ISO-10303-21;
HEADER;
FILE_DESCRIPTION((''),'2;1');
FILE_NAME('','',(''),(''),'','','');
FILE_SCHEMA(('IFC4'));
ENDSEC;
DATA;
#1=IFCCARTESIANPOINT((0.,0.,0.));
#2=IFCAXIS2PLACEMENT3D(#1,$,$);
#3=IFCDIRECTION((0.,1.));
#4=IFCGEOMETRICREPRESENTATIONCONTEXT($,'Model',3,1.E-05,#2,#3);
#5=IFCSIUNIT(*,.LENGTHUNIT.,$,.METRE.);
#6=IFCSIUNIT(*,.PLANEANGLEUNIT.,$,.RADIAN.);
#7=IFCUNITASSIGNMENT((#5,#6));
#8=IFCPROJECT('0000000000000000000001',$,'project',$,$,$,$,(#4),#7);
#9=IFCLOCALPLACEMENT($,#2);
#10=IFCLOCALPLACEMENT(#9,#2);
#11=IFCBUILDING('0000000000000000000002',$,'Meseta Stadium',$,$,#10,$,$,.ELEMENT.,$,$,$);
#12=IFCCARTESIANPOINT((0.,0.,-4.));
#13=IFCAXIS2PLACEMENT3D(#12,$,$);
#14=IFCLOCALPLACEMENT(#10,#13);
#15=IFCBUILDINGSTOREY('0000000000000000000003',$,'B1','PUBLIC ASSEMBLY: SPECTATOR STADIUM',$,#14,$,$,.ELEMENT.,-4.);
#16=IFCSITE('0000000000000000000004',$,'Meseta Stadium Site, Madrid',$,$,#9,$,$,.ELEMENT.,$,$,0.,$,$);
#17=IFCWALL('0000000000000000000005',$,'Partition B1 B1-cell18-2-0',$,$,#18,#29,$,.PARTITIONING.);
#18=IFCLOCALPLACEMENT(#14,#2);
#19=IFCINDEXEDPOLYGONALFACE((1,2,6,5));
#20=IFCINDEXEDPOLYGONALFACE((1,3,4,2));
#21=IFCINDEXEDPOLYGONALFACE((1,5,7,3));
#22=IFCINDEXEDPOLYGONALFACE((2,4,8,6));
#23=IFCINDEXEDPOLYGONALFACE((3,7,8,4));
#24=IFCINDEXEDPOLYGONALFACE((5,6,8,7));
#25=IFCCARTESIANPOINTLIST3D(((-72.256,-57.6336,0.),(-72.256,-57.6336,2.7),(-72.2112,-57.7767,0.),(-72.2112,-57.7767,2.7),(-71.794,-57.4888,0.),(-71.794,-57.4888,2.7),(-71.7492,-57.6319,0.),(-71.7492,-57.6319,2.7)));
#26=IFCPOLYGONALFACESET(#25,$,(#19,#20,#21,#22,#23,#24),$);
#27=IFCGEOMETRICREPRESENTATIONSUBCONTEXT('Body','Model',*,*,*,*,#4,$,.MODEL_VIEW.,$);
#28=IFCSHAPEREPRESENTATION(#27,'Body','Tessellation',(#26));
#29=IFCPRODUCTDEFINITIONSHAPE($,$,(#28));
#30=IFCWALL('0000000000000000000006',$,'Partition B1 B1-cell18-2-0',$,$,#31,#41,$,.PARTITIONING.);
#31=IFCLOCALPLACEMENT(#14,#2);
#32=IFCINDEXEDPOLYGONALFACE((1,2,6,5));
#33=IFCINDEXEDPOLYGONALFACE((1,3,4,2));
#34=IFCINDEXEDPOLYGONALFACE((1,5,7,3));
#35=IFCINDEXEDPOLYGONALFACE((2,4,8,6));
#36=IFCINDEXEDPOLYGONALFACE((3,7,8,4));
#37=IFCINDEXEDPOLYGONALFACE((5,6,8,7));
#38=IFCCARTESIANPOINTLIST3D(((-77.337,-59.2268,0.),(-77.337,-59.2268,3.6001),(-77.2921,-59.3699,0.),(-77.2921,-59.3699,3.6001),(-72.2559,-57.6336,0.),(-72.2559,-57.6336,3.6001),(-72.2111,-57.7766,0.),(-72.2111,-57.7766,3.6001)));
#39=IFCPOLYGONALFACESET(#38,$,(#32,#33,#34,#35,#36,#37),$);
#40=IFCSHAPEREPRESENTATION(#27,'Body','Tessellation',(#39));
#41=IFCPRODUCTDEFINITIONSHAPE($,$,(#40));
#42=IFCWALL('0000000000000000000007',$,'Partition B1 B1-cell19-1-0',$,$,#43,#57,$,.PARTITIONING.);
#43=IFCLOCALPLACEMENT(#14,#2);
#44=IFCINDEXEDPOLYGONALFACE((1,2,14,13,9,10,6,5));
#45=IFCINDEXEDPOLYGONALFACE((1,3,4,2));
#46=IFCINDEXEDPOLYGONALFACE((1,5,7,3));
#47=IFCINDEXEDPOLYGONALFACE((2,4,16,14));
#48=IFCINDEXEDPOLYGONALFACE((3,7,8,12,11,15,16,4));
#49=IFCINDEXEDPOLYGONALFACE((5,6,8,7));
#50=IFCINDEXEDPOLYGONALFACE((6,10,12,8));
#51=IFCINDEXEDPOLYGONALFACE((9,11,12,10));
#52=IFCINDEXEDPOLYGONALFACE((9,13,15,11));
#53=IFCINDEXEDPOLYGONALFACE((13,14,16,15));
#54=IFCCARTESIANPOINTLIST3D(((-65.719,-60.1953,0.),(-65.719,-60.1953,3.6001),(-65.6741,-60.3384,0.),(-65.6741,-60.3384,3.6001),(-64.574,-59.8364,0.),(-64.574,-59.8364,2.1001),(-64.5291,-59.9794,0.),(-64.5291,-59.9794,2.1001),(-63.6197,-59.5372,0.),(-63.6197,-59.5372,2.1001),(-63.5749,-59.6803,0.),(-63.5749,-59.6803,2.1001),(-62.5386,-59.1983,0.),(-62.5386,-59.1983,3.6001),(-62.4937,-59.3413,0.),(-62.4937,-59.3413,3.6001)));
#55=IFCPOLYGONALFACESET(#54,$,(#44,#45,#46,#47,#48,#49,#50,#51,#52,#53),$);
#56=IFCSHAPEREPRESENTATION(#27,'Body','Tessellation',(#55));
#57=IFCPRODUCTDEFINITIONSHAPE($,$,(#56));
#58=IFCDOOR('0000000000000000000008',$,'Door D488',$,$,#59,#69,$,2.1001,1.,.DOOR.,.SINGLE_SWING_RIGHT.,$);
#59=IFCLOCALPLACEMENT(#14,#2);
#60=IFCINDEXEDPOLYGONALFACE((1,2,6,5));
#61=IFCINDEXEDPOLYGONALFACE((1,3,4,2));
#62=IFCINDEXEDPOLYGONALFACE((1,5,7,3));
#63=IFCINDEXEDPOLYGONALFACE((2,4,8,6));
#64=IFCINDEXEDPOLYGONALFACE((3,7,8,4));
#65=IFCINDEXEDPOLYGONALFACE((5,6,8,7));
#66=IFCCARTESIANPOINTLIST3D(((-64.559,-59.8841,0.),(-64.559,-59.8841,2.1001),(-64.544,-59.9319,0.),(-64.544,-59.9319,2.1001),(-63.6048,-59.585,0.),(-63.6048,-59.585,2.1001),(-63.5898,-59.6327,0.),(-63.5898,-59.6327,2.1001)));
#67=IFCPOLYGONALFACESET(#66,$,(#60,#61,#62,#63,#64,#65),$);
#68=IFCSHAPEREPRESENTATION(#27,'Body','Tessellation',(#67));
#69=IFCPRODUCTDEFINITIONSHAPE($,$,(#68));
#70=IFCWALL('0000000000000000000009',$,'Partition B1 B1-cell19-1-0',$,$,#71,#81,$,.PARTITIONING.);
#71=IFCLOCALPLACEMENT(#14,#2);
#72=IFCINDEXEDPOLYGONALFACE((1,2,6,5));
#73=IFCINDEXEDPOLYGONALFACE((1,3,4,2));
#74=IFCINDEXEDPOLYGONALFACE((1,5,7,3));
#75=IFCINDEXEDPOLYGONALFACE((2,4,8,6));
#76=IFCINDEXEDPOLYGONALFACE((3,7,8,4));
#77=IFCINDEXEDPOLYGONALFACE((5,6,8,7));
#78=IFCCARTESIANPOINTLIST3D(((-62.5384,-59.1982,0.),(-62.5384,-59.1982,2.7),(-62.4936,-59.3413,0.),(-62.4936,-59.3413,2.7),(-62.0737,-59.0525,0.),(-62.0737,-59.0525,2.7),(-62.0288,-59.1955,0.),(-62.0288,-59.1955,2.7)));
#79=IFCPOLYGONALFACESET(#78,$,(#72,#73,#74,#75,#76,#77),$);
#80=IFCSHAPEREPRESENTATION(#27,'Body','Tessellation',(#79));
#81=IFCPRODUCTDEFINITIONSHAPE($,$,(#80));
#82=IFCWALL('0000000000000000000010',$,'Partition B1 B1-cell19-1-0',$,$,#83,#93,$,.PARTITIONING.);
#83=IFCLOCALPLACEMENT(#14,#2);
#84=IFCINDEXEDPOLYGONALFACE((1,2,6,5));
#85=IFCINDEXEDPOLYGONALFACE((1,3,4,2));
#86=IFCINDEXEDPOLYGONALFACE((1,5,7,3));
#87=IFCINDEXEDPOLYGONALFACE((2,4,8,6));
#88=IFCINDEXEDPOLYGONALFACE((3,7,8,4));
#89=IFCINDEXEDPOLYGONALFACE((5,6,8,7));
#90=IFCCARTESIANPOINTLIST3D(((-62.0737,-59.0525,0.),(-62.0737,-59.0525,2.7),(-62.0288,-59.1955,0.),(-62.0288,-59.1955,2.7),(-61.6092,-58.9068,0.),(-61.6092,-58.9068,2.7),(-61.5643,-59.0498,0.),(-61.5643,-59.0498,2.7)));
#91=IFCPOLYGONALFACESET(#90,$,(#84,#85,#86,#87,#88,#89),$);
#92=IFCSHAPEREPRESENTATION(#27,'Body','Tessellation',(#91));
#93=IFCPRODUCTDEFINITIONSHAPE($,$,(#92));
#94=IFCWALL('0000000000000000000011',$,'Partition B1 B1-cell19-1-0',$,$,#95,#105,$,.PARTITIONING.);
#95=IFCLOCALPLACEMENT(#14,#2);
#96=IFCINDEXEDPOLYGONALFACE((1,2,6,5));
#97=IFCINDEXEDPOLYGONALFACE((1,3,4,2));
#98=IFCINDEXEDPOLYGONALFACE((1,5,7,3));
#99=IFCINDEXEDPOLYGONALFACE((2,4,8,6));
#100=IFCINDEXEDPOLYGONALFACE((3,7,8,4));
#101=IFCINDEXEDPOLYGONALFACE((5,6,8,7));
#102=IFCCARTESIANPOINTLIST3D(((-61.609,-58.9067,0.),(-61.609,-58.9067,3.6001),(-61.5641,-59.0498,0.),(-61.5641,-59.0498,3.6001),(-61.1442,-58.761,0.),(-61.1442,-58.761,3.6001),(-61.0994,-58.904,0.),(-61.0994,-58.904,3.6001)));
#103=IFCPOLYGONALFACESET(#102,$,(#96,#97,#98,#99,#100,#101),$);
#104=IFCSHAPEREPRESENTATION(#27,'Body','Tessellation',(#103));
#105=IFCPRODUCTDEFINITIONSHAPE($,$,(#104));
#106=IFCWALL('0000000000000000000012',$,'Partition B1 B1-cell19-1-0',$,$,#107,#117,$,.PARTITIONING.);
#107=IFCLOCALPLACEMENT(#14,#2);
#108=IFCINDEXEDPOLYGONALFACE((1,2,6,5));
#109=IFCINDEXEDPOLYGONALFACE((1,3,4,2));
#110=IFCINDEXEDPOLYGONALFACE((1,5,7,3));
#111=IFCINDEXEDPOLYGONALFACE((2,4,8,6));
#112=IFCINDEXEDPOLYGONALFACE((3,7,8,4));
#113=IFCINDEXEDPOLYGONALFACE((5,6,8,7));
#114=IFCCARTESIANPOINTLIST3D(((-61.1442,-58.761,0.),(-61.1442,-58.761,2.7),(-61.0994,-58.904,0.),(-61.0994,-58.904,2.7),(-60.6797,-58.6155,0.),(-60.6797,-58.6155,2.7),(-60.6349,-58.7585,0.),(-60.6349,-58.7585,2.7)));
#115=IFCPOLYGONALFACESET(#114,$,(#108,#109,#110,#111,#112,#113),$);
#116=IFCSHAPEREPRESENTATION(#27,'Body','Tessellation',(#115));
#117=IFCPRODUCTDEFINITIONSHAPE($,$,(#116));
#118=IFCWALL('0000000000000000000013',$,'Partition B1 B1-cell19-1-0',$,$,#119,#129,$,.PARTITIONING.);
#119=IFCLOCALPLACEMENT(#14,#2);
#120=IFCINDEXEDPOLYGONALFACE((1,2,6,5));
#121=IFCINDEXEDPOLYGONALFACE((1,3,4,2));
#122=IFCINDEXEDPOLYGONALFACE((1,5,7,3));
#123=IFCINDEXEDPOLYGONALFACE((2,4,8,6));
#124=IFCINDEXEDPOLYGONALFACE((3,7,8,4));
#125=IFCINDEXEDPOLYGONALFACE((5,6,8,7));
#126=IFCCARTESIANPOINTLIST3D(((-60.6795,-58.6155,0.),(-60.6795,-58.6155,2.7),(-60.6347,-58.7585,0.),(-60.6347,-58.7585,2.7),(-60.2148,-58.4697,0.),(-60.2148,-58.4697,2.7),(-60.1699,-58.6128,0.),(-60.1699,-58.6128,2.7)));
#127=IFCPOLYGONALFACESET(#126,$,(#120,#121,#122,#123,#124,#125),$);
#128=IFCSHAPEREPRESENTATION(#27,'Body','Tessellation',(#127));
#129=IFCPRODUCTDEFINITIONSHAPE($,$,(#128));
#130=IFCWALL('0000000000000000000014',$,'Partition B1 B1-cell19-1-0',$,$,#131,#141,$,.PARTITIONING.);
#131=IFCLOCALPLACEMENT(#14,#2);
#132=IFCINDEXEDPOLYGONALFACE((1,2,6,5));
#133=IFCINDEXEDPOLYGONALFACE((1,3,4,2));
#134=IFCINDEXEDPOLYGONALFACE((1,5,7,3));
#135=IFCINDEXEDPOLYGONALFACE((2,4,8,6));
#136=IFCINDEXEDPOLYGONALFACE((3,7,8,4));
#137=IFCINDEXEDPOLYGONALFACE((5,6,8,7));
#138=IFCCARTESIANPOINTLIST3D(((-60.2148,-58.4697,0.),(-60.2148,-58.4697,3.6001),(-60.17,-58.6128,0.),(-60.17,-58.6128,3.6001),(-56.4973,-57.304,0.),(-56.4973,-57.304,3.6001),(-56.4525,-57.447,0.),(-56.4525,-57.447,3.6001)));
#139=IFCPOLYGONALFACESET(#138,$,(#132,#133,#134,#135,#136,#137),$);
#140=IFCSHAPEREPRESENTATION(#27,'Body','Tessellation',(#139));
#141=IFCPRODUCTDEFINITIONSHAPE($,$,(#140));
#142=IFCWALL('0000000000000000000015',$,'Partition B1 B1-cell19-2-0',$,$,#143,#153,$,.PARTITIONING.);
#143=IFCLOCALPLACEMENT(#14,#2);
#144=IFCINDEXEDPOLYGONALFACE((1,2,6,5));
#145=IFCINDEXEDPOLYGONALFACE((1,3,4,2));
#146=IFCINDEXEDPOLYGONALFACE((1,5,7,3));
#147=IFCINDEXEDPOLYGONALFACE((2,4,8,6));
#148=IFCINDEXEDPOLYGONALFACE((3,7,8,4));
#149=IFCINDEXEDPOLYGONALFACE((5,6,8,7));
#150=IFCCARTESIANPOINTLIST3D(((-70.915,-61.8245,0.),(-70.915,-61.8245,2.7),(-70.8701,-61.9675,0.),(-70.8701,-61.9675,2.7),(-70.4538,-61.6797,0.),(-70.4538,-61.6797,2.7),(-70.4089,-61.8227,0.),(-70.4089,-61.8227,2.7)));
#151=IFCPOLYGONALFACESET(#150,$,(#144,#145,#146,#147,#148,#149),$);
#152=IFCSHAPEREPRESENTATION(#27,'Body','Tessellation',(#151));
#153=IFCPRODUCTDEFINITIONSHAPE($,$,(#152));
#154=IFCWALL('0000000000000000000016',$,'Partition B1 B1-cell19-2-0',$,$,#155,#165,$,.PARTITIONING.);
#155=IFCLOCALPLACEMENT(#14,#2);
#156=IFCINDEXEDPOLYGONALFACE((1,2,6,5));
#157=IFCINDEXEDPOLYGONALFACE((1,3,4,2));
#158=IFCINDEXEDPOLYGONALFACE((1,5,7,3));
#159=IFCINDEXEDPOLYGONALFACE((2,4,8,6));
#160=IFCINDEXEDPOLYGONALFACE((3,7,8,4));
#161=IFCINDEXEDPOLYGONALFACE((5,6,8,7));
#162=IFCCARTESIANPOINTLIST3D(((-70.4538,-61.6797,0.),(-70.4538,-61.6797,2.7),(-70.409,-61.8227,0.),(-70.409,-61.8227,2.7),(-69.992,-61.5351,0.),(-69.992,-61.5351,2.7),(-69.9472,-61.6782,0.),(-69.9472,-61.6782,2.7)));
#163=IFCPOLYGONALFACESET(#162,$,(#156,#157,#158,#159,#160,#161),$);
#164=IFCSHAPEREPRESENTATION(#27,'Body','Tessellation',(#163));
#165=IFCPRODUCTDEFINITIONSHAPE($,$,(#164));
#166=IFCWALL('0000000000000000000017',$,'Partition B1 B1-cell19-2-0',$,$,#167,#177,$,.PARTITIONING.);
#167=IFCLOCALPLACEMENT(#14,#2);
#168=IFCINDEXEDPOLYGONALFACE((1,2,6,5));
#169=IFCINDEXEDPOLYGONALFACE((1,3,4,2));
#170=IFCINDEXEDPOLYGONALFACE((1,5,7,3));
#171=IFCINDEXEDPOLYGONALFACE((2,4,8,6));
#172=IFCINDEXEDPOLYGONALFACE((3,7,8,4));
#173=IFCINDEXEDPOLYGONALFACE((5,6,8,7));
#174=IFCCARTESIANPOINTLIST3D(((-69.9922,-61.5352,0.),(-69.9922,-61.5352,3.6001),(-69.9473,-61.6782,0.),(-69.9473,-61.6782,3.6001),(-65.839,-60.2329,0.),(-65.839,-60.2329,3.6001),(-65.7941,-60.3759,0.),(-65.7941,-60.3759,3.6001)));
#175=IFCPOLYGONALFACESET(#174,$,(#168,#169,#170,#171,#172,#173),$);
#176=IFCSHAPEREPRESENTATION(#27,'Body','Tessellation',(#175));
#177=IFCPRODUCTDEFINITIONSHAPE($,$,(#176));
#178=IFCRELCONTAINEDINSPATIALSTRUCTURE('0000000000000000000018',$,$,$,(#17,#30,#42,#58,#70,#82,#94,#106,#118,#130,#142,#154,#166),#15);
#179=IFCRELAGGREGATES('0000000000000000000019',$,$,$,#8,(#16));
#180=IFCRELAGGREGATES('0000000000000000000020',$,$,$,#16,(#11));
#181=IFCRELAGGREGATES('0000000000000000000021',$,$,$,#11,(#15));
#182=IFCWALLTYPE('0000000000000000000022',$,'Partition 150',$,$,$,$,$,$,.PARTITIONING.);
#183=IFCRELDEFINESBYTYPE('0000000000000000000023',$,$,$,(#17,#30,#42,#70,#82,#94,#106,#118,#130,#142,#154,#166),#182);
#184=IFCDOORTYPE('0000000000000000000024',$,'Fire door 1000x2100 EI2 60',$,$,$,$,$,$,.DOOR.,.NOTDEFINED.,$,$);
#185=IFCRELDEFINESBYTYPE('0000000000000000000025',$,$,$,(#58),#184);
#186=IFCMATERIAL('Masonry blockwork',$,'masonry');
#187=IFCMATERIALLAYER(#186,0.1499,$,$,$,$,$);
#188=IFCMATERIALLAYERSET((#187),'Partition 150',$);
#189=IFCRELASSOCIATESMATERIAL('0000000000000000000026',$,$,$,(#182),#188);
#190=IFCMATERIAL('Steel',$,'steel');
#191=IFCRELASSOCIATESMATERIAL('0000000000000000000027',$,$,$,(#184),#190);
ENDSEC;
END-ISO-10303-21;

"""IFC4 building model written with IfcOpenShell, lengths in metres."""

from ifc_helpers import new_model, si_unit, direction, frame, frame_2d, origin, place, context, subcontext, project, spatial, rectangle, extrude, material, layer, layer_set, type_object, element, fill, save


model = new_model("IFC4")

# Units and contexts
model_context = context("Model", 3, precision=1e-05, world=origin(), true_north=direction((0.0, 1.0)))
body_context = subcontext(model_context, "Body", "Model", "MODEL_VIEW")
ifc_project = project(units=[si_unit("LENGTHUNIT", "METRE"), si_unit("PLANEANGLEUNIT", "RADIAN")], contexts=[model_context])

# Site, building, storey
site_placement = place(None, origin())
site = spatial("IfcSite", under=ifc_project, at=site_placement, Name="Meseta Stadium Site, Madrid", CompositionType="ELEMENT", RefElevation=0.0)
building_placement = place(site_placement, origin())
building = spatial("IfcBuilding", under=site, at=building_placement, Name="Meseta Stadium", CompositionType="ELEMENT")
storey_placement = place(building_placement, frame((0.0, 0.0, -4.0)))
storey = spatial("IfcBuildingStorey", under=building, at=storey_placement, Name="B1", Description="PUBLIC ASSEMBLY: SPECTATOR STADIUM", CompositionType="ELEMENT", Elevation=-4.0)

# Walls
ifc_material_1 = material(Name="Masonry blockwork", Category="masonry")
ifc_layer = layer(ifc_material_1, 0.1499)
ifc_layer_set = layer_set([ifc_layer], Name="Partition 150")
wall_type = type_object("IfcWallType", Name="Partition 150", PredefinedType="PARTITIONING", material=ifc_layer_set)
for number, where, z_axis, x_axis, name in (
    (1, (-71.7715, -57.5603, 0.0), (0.0, 0.0, 1.0), (-0.954228, -0.299079, 0.0), "Partition B1 B1-cell18-2-0"),
):
    element("IfcWall", number, at=place(storey_placement, frame(where, z_axis=z_axis, x_axis=x_axis)), inside=storey, type_object=wall_type, Name=name, PredefinedType="PARTITIONING", context=body_context, shape_type="SweptSolid", body=[
        extrude(rectangle(XDim=0.4841, YDim=0.1499, at=frame_2d((0.2422, 0.0))), origin(), (0.0, 0.0, 1.0), 2.7),
    ])
wall_1_placement = place(storey_placement, frame((-72.2334, -57.7051, 0.0), z_axis=(0.0, 0.0, 1.0), x_axis=(-0.954189, -0.299204, 0.0)))
element("IfcWall", 2, at=wall_1_placement, inside=storey, type_object=wall_type, Name="Partition B1 B1-cell18-2-0", PredefinedType="PARTITIONING", context=body_context, shape_type="SweptSolid", body=[
    extrude(rectangle(XDim=5.325, YDim=0.1499, at=frame_2d((2.6626, 0.0))), origin(), (0.0, 0.0, 1.0), 3.6001),
])

# Wall, opening, door
wall_2_placement = place(storey_placement, frame((-65.6965, -60.2668, 0.0), z_axis=(0.0, 0.0, 1.0), x_axis=(0.954207, 0.299147, 0.0)))
wall_2 = element("IfcWall", 3, at=wall_2_placement, inside=storey, type_object=wall_type, Name="Partition B1 B1-cell19-1-0", PredefinedType="PARTITIONING", context=body_context, shape_type="SweptSolid", body=[
    extrude(rectangle(XDim=3.333, YDim=0.1499, at=frame_2d((1.6665, 0.0))), origin(), (0.0, 0.0, 1.0), 3.6001),
])
opening_placement = place(wall_2_placement, frame((1.2, 0.0, 0.0)))
opening = element("IfcOpeningElement", 4, at=opening_placement, cuts=wall_2, PredefinedType="OPENING", context=body_context, shape_type="SweptSolid", body=[
    extrude(rectangle(XDim=1.0, YDim=2.1001, at=frame_2d((0.5, 1.05))), frame((0.0, 0.085, 0.0), z_axis=(0.0, -1.0, 0.0), x_axis=(1.0, 0.0, 0.0)), (0.0, 0.0, 1.0), 0.1699),
])
ifc_material_2 = material(Name="Steel", Category="steel")
door_type = type_object("IfcDoorType", Name="Fire door 1000x2100 EI2 60", OperationType="NOTDEFINED", PredefinedType="DOOR", material=ifc_material_2)
door_placement = place(opening_placement, origin())
door = element("IfcDoor", 5, at=door_placement, inside=storey, type_object=door_type, Name="Door D488", OperationType="SINGLE_SWING_RIGHT", OverallHeight=2.1001, OverallWidth=1.0, PredefinedType="DOOR", context=body_context, shape_type="SweptSolid", body=[
    extrude(rectangle(XDim=1.0, YDim=2.1001, at=frame_2d((0.5, 1.05))), frame((0.0, 0.0249, 0.0), z_axis=(0.0, -1.0, 0.0), x_axis=(1.0, 0.0, 0.0)), (0.0, 0.0, 1.0), 0.05),
])
fill(opening, door)

# Walls
wall_3_placement = place(storey_placement, frame((-62.5161, -59.2698, 0.0), z_axis=(0.0, 0.0, 1.0), x_axis=(0.954194, 0.299188, 0.0)))
element("IfcWall", 6, at=wall_3_placement, inside=storey, type_object=wall_type, Name="Partition B1 B1-cell19-1-0", PredefinedType="PARTITIONING", context=body_context, shape_type="SweptSolid", body=[
    extrude(rectangle(XDim=0.4871, YDim=0.1499, at=frame_2d((0.2437, 0.0))), origin(), (0.0, 0.0, 1.0), 2.7),
])
wall_4_placement = place(storey_placement, frame((-62.0513, -59.124, 0.0), z_axis=(0.0, 0.0, 1.0), x_axis=(0.954149, 0.299331, 0.0)))
element("IfcWall", 7, at=wall_4_placement, inside=storey, type_object=wall_type, Name="Partition B1 B1-cell19-1-0", PredefinedType="PARTITIONING", context=body_context, shape_type="SweptSolid", body=[
    extrude(rectangle(XDim=0.4868, YDim=0.1499, at=frame_2d((0.2434, 0.0))), origin(), (0.0, 0.0, 1.0), 2.7),
])
wall_5_placement = place(storey_placement, frame((-61.5867, -58.9783, 0.0), z_axis=(0.0, 0.0, 1.0), x_axis=(0.954194, 0.299188, 0.0)))
element("IfcWall", 8, at=wall_5_placement, inside=storey, type_object=wall_type, Name="Partition B1 B1-cell19-1-0", PredefinedType="PARTITIONING", context=body_context, shape_type="SweptSolid", body=[
    extrude(rectangle(XDim=0.4871, YDim=0.1499, at=frame_2d((0.2437, 0.0))), origin(), (0.0, 0.0, 1.0), 3.6001),
])
wall_6_placement = place(storey_placement, frame((-61.1218, -58.8325, 0.0), z_axis=(0.0, 0.0, 1.0), x_axis=(0.954292, 0.298875, 0.0)))
element("IfcWall", 9, at=wall_6_placement, inside=storey, type_object=wall_type, Name="Partition B1 B1-cell19-1-0", PredefinedType="PARTITIONING", context=body_context, shape_type="SweptSolid", body=[
    extrude(rectangle(XDim=0.4868, YDim=0.1499, at=frame_2d((0.2434, 0.0))), origin(), (0.0, 0.0, 1.0), 2.7),
])
wall_7_placement = place(storey_placement, frame((-60.6572, -58.687, 0.0), z_axis=(0.0, 0.0, 1.0), x_axis=(0.954194, 0.299188, 0.0)))
element("IfcWall", 10, at=wall_7_placement, inside=storey, type_object=wall_type, Name="Partition B1 B1-cell19-1-0", PredefinedType="PARTITIONING", context=body_context, shape_type="SweptSolid", body=[
    extrude(rectangle(XDim=0.4871, YDim=0.1499, at=frame_2d((0.2437, 0.0))), origin(), (0.0, 0.0, 1.0), 2.7),
])
wall_8_placement = place(storey_placement, frame((-60.1924, -58.5413, 0.0), z_axis=(0.0, 0.0, 1.0), x_axis=(0.954184, 0.29922, 0.0)))
element("IfcWall", 11, at=wall_8_placement, inside=storey, type_object=wall_type, Name="Partition B1 B1-cell19-1-0", PredefinedType="PARTITIONING", context=body_context, shape_type="SweptSolid", body=[
    extrude(rectangle(XDim=3.896, YDim=0.1499, at=frame_2d((1.948, 0.0))), origin(), (0.0, 0.0, 1.0), 3.6001),
])
wall_9_placement = place(storey_placement, frame((-70.8926, -61.896, 0.0), z_axis=(0.0, 0.0, 1.0), x_axis=(0.954093, 0.299511, 0.0)))
element("IfcWall", 12, at=wall_9_placement, inside=storey, type_object=wall_type, Name="Partition B1 B1-cell19-2-0", PredefinedType="PARTITIONING", context=body_context, shape_type="SweptSolid", body=[
    extrude(rectangle(XDim=0.4834, YDim=0.1499, at=frame_2d((0.2417, 0.0))), origin(), (0.0, 0.0, 1.0), 2.7),
])
wall_10_placement = place(storey_placement, frame((-70.4314, -61.7512, 0.0), z_axis=(0.0, 0.0, 1.0), x_axis=(0.954327, 0.298763, 0.0)))
element("IfcWall", 13, at=wall_10_placement, inside=storey, type_object=wall_type, Name="Partition B1 B1-cell19-2-0", PredefinedType="PARTITIONING", context=body_context, shape_type="SweptSolid", body=[
    extrude(rectangle(XDim=0.4839, YDim=0.1499, at=frame_2d((0.2419, 0.0))), origin(), (0.0, 0.0, 1.0), 2.7),
])
wall_11_placement = place(storey_placement, frame((-69.9697, -61.6067, 0.0), z_axis=(0.0, 0.0, 1.0), x_axis=(0.954191, 0.299198, 0.0)))
element("IfcWall", 14, at=wall_11_placement, inside=storey, type_object=wall_type, Name="Partition B1 B1-cell19-2-0", PredefinedType="PARTITIONING", context=body_context, shape_type="SweptSolid", body=[
    extrude(rectangle(XDim=4.3525, YDim=0.1499, at=frame_2d((2.1763, 0.0))), origin(), (0.0, 0.0, 1.0), 3.6001),
])

save(model, "model.ifc")
